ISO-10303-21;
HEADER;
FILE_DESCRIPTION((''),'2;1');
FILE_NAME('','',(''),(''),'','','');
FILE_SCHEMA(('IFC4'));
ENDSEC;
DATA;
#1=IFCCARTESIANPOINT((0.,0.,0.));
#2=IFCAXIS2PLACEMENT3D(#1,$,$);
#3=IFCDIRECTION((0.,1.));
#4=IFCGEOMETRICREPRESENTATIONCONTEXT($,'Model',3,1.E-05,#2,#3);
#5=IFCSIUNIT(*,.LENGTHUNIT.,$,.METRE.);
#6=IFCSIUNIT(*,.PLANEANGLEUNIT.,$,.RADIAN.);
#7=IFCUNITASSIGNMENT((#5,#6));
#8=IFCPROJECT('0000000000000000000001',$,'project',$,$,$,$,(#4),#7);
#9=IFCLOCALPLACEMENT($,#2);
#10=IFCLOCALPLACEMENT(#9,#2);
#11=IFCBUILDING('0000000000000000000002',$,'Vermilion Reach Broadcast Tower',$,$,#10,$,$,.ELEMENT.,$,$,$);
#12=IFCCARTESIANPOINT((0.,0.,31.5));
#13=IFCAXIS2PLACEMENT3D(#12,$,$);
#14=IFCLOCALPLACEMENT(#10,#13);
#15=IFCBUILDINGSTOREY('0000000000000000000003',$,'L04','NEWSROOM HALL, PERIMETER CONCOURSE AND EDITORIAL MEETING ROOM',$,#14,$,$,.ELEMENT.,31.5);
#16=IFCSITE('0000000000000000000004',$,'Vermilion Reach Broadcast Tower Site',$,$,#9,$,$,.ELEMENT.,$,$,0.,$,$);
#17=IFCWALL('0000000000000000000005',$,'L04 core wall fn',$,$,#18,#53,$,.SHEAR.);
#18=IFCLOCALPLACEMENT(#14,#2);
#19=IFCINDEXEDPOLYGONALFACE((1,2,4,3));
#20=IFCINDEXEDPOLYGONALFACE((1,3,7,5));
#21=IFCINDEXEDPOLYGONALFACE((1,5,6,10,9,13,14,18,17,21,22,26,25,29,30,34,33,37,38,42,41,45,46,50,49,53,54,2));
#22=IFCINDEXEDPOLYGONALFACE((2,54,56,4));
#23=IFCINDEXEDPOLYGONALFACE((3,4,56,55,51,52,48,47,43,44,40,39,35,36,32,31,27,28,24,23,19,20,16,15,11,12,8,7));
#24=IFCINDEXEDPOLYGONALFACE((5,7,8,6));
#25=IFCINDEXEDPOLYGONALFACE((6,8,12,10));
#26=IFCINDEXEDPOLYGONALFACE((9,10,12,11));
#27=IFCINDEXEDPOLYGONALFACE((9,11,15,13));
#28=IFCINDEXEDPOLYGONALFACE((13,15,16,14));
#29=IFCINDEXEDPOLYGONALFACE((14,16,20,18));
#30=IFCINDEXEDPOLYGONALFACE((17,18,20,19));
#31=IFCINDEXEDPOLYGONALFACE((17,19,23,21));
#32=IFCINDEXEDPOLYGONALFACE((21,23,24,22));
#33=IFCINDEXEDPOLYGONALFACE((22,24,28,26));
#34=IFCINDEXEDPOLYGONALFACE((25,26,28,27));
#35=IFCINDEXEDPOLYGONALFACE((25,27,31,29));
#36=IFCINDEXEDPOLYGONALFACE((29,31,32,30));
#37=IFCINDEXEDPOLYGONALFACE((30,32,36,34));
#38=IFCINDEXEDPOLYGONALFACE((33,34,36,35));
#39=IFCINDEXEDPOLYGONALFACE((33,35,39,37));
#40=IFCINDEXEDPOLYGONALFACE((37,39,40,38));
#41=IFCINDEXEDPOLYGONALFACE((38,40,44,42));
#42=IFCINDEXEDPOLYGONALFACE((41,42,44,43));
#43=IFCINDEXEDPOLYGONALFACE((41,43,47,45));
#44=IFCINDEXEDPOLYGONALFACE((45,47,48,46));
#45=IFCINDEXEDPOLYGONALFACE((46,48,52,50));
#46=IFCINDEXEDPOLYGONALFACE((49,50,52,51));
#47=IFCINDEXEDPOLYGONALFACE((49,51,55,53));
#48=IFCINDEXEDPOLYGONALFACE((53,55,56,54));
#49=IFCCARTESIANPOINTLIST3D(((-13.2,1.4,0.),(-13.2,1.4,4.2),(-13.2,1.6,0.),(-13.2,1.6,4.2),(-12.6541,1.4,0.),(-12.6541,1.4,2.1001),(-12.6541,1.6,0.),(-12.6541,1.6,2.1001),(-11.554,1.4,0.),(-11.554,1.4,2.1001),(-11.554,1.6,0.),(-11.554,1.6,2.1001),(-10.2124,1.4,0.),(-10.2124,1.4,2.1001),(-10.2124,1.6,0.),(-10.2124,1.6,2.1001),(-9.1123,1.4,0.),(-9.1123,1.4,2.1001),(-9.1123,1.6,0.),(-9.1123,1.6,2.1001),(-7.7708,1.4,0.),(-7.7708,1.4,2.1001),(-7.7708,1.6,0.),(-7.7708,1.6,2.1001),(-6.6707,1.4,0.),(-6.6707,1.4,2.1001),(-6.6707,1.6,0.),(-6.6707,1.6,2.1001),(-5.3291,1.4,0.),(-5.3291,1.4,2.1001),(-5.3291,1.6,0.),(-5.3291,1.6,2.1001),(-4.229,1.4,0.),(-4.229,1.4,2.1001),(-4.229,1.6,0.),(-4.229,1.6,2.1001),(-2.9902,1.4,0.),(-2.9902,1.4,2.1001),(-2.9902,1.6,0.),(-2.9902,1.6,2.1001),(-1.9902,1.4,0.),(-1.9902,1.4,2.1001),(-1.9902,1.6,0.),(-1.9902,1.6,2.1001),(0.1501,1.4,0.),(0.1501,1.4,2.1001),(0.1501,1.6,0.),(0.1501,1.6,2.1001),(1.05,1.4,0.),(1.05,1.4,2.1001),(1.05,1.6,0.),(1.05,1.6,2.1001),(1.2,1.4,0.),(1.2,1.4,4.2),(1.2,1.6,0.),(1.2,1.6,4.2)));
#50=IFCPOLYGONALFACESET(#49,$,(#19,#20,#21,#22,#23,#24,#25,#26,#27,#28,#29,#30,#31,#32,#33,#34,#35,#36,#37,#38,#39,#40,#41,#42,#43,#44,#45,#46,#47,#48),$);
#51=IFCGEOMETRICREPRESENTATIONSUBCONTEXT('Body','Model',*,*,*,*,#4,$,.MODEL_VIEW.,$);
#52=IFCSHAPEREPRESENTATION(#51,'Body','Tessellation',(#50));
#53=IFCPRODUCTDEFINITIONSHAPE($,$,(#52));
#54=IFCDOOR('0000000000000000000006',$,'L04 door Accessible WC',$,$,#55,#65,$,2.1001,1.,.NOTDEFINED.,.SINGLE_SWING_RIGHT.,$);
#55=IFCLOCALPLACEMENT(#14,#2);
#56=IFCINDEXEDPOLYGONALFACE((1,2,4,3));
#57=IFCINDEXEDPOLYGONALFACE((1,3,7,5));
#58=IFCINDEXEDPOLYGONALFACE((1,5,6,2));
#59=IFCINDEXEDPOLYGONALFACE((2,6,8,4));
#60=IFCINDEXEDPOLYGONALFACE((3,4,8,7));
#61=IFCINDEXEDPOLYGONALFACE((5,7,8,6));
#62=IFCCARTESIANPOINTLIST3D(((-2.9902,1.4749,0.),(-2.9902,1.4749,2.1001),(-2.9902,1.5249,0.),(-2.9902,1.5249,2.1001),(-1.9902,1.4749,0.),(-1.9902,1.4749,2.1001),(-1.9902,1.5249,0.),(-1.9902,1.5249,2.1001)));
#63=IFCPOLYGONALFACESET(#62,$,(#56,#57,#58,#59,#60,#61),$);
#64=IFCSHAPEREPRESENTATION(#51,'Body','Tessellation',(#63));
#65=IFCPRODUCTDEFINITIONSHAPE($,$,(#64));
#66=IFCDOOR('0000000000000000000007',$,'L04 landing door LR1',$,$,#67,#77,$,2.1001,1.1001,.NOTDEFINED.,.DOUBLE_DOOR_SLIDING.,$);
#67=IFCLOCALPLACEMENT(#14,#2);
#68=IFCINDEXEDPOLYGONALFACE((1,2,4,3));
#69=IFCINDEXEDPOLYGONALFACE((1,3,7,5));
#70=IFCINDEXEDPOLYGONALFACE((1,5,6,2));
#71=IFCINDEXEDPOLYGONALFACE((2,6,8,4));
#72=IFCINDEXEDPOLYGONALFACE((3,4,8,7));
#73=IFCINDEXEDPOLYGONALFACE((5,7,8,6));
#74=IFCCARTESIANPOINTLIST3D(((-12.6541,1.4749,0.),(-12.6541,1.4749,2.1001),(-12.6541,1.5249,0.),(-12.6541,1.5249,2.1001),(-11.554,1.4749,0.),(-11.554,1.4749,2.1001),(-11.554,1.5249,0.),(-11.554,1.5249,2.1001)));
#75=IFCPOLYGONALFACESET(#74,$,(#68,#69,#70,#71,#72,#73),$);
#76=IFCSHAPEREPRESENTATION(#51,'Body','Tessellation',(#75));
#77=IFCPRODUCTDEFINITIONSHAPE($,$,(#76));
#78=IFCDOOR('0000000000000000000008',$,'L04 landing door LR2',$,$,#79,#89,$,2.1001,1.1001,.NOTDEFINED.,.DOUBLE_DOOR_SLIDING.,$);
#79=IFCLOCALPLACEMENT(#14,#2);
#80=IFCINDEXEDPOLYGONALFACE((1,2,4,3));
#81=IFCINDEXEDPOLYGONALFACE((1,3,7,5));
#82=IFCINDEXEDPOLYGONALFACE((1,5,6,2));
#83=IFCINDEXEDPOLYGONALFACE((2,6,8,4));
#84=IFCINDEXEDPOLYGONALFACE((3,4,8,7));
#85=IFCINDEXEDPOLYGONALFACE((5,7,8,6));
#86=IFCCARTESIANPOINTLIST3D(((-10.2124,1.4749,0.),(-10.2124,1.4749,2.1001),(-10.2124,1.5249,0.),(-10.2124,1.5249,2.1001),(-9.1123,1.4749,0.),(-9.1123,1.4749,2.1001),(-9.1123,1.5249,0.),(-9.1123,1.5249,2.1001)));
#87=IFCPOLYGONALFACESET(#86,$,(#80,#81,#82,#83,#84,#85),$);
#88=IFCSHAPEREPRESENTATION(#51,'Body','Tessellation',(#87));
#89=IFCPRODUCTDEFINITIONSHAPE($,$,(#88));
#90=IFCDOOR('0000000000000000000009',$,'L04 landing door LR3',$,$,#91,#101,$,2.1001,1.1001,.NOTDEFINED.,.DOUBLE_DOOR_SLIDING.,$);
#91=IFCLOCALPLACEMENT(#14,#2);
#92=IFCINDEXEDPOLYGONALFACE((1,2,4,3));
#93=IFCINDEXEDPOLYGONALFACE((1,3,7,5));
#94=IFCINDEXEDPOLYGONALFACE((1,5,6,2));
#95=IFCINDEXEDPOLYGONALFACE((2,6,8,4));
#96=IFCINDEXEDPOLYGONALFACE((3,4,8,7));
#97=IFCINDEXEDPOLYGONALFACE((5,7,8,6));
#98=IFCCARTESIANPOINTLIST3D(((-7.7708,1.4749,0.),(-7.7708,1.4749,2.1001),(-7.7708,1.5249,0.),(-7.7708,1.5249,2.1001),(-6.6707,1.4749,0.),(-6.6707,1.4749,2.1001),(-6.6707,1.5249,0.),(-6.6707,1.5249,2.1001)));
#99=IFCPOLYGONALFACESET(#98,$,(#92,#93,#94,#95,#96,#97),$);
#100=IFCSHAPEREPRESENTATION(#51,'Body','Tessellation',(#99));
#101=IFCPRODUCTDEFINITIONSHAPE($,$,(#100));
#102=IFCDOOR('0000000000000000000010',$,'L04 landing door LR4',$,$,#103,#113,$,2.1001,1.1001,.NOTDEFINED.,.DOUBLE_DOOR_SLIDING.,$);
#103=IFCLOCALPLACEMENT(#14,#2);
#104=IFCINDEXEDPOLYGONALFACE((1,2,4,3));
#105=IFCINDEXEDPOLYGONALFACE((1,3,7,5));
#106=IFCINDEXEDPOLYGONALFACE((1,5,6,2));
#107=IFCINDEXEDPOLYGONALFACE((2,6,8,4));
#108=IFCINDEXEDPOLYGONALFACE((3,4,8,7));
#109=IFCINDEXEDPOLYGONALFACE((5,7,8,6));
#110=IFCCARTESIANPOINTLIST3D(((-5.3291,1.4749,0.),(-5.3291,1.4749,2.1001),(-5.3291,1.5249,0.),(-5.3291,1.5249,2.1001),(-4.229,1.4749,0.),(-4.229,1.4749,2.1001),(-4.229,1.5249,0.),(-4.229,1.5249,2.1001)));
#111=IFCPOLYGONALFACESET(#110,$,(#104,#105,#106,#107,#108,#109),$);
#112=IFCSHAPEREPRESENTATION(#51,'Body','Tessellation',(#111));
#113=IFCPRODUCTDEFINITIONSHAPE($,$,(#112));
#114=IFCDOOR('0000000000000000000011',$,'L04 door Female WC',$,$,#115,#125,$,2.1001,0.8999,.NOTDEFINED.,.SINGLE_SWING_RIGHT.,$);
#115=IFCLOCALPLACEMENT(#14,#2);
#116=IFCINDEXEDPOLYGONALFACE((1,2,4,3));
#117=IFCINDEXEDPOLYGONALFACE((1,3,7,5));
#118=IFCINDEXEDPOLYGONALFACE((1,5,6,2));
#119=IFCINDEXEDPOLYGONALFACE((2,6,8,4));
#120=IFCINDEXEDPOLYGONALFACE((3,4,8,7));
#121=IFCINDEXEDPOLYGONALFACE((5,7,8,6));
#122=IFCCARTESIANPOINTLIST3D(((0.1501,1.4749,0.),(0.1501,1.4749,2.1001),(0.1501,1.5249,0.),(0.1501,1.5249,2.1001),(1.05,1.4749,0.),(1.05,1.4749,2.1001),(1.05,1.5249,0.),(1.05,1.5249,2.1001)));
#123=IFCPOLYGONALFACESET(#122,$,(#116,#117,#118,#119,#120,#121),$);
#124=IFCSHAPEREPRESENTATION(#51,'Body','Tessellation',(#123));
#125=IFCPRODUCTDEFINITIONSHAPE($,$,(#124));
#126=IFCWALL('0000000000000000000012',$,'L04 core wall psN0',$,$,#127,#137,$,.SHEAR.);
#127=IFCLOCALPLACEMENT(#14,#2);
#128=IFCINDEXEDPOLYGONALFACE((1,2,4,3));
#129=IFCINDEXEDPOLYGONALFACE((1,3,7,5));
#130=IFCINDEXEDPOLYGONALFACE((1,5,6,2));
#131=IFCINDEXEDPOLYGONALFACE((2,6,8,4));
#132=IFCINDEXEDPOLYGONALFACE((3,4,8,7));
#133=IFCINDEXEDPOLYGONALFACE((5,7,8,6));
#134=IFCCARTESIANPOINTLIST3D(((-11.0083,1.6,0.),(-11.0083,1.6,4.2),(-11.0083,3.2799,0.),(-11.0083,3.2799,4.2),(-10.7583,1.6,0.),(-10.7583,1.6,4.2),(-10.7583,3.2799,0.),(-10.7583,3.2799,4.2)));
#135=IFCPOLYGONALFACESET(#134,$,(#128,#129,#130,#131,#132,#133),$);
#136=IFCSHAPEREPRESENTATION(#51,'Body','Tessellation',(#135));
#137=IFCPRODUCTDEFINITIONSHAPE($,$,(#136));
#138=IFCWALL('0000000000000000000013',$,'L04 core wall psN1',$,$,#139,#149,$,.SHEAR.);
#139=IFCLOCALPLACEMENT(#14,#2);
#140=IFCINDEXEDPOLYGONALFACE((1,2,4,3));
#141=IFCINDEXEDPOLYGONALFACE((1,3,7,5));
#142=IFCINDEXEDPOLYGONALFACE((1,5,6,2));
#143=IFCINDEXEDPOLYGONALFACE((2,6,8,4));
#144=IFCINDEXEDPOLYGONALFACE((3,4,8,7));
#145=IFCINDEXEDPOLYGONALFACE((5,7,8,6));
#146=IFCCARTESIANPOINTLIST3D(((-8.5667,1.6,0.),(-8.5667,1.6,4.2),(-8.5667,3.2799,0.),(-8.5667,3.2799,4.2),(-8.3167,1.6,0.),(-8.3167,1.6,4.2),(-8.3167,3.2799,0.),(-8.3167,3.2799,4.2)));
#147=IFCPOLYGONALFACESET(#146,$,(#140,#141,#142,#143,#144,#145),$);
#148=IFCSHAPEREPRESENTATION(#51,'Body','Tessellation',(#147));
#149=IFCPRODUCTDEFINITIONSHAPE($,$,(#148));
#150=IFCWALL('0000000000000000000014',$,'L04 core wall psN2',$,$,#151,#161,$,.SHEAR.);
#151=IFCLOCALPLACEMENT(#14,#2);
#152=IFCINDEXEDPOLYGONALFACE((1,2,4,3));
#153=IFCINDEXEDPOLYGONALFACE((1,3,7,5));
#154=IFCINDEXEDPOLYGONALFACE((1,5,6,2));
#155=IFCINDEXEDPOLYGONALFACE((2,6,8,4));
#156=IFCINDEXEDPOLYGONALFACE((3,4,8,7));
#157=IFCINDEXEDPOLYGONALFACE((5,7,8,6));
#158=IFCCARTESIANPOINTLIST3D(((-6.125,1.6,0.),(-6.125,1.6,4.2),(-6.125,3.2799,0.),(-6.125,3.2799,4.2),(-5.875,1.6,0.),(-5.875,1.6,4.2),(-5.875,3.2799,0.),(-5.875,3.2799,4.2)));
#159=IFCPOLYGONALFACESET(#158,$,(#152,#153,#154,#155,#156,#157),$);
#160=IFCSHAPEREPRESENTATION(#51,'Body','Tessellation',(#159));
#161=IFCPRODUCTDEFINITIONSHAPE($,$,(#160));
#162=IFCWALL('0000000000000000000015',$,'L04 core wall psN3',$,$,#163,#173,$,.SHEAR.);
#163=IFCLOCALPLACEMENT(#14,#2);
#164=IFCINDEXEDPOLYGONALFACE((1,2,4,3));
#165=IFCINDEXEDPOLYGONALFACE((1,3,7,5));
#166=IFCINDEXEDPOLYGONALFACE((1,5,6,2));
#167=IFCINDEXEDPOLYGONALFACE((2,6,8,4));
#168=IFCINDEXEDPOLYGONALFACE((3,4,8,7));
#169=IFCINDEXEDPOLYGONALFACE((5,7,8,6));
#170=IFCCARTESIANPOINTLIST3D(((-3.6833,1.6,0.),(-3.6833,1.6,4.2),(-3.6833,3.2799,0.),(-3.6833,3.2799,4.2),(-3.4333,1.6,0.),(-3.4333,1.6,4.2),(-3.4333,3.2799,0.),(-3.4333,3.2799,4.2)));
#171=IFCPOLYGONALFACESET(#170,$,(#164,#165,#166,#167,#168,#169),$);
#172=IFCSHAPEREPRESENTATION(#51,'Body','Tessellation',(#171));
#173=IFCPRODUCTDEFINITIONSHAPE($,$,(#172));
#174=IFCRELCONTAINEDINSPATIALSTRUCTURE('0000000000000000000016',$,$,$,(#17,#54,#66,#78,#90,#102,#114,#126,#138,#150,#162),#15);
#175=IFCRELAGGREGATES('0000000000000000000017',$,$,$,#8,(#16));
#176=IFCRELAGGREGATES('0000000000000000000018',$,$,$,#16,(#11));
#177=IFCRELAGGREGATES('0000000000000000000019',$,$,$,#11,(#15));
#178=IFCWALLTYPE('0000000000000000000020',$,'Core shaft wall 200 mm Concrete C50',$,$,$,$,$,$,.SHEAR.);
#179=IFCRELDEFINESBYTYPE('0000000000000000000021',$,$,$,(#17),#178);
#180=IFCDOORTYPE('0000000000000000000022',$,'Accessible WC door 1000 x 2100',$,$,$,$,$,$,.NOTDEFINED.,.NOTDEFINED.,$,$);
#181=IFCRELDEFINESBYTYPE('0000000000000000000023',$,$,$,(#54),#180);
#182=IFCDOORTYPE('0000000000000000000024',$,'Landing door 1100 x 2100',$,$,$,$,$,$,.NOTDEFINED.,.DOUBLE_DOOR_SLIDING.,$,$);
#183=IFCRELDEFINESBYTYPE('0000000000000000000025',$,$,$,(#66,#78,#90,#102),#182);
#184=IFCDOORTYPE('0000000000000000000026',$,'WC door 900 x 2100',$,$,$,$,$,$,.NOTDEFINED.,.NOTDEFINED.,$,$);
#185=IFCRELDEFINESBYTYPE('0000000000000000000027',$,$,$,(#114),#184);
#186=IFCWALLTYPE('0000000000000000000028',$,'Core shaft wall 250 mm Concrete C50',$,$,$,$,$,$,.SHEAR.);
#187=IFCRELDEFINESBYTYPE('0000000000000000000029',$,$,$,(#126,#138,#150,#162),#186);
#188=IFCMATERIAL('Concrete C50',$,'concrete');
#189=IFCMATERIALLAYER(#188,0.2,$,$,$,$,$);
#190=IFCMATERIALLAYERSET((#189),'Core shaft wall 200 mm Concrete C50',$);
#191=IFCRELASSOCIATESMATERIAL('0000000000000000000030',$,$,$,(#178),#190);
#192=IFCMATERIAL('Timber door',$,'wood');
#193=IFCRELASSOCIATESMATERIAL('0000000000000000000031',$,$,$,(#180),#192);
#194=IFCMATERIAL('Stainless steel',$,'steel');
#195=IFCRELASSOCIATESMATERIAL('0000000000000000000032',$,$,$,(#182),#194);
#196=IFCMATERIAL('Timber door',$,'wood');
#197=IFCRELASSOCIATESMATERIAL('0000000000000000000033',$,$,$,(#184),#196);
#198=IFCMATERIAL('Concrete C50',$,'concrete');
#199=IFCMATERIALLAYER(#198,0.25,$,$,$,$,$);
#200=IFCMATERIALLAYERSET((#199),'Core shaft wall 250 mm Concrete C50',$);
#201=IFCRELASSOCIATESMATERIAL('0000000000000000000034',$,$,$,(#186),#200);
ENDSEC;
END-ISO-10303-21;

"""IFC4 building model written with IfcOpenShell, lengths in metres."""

from ifc_helpers import new_model, si_unit, direction, frame, frame_2d, origin, place, context, subcontext, project, spatial, rectangle, extrude, material, layer, layer_set, type_object, element, fill, save


model = new_model("IFC4")

# Units and contexts
model_context = context("Model", 3, precision=1e-05, world=origin(), true_north=direction((0.0, 1.0)))
body_context = subcontext(model_context, "Body", "Model", "MODEL_VIEW")
ifc_project = project(units=[si_unit("LENGTHUNIT", "METRE"), si_unit("PLANEANGLEUNIT", "RADIAN")], contexts=[model_context])

# Site, building, storey
site_placement = place(None, origin())
site = spatial("IfcSite", under=ifc_project, at=site_placement, Name="Vermilion Reach Broadcast Tower Site", CompositionType="ELEMENT", RefElevation=0.0)
building_placement = place(site_placement, origin())
building = spatial("IfcBuilding", under=site, at=building_placement, Name="Vermilion Reach Broadcast Tower", CompositionType="ELEMENT")
storey_placement = place(building_placement, frame((0.0, 0.0, 31.5)))
storey = spatial("IfcBuildingStorey", under=building, at=storey_placement, Name="L04", Description="NEWSROOM HALL, PERIMETER CONCOURSE AND EDITORIAL MEETING ROOM", CompositionType="ELEMENT", Elevation=31.5)

# Wall, openings, doors
ifc_material_1 = material(Name="Concrete C50", Category="concrete")
ifc_layer_1 = layer(ifc_material_1, 0.2)
ifc_layer_set_1 = layer_set([ifc_layer_1], Name="Core shaft wall 200 mm Concrete C50")
wall_type_1 = type_object("IfcWallType", Name="Core shaft wall 200 mm Concrete C50", PredefinedType="SHEAR", material=ifc_layer_set_1)
wall_1_placement = place(storey_placement, frame((-13.2, 1.5, 0.0), z_axis=(0.0, 0.0, 1.0), x_axis=(1.0, 0.0, 0.0)))
wall_1 = element("IfcWall", 1, at=wall_1_placement, inside=storey, type_object=wall_type_1, Name="L04 core wall fn", PredefinedType="SHEAR", context=body_context, shape_type="SweptSolid", body=[
    extrude(rectangle(XDim=14.3999, YDim=0.2, at=frame_2d((7.2, 0.0))), origin(), (0.0, 0.0, 1.0), 4.2),
])
opening_1_placement = place(wall_1_placement, frame((0.5459, 0.0, 0.0)))
opening_1 = element("IfcOpeningElement", 2, at=opening_1_placement, cuts=wall_1, PredefinedType="OPENING", context=body_context, shape_type="SweptSolid", body=[
    extrude(rectangle(XDim=1.1001, YDim=2.1001, at=frame_2d((0.55, 1.05))), frame((0.0, 0.1099, 0.0), z_axis=(0.0, -1.0, 0.0), x_axis=(1.0, 0.0, 0.0)), (0.0, 0.0, 1.0), 0.22),
])
opening_2_placement = place(wall_1_placement, frame((2.9875, 0.0, 0.0)))
opening_2 = element("IfcOpeningElement", 3, at=opening_2_placement, cuts=wall_1, PredefinedType="OPENING", context=body_context, shape_type="SweptSolid", body=[
    extrude(rectangle(XDim=1.1001, YDim=2.1001, at=frame_2d((0.55, 1.05))), frame((0.0, 0.1099, 0.0), z_axis=(0.0, -1.0, 0.0), x_axis=(1.0, 0.0, 0.0)), (0.0, 0.0, 1.0), 0.22),
])
opening_3_placement = place(wall_1_placement, frame((5.4292, 0.0, 0.0)))
opening_3 = element("IfcOpeningElement", 4, at=opening_3_placement, cuts=wall_1, PredefinedType="OPENING", context=body_context, shape_type="SweptSolid", body=[
    extrude(rectangle(XDim=1.1001, YDim=2.1001, at=frame_2d((0.55, 1.05))), frame((0.0, 0.1099, 0.0), z_axis=(0.0, -1.0, 0.0), x_axis=(1.0, 0.0, 0.0)), (0.0, 0.0, 1.0), 0.22),
])
opening_4_placement = place(wall_1_placement, frame((7.8708, 0.0, 0.0)))
opening_4 = element("IfcOpeningElement", 5, at=opening_4_placement, cuts=wall_1, PredefinedType="OPENING", context=body_context, shape_type="SweptSolid", body=[
    extrude(rectangle(XDim=1.1001, YDim=2.1001, at=frame_2d((0.55, 1.05))), frame((0.0, 0.1099, 0.0), z_axis=(0.0, -1.0, 0.0), x_axis=(1.0, 0.0, 0.0)), (0.0, 0.0, 1.0), 0.22),
])
opening_5_placement = place(wall_1_placement, frame((10.2097, 0.0, 0.0)))
opening_5 = element("IfcOpeningElement", 6, at=opening_5_placement, cuts=wall_1, PredefinedType="OPENING", context=body_context, shape_type="SweptSolid", body=[
    extrude(rectangle(XDim=1.0, YDim=2.1001, at=frame_2d((0.5, 1.05))), frame((0.0, 0.1099, 0.0), z_axis=(0.0, -1.0, 0.0), x_axis=(1.0, 0.0, 0.0)), (0.0, 0.0, 1.0), 0.22),
])
opening_6_placement = place(wall_1_placement, frame((13.3501, 0.0, 0.0)))
opening_6 = element("IfcOpeningElement", 7, at=opening_6_placement, cuts=wall_1, PredefinedType="OPENING", context=body_context, shape_type="SweptSolid", body=[
    extrude(rectangle(XDim=0.8999, YDim=2.1001, at=frame_2d((0.45, 1.05))), frame((0.0, 0.1099, 0.0), z_axis=(0.0, -1.0, 0.0), x_axis=(1.0, 0.0, 0.0)), (0.0, 0.0, 1.0), 0.22),
])
ifc_material_2 = material(Name="Timber door", Category="wood")
door_type_1 = type_object("IfcDoorType", Name="Accessible WC door 1000 x 2100", OperationType="NOTDEFINED", PredefinedType="NOTDEFINED", material=ifc_material_2)
door_1_placement = place(opening_5_placement, origin())
door_1 = element("IfcDoor", 8, at=door_1_placement, inside=storey, type_object=door_type_1, Name="L04 door Accessible WC", OperationType="SINGLE_SWING_RIGHT", OverallHeight=2.1001, OverallWidth=1.0, PredefinedType="NOTDEFINED", context=body_context, shape_type="SweptSolid", body=[
    extrude(rectangle(XDim=1.0, YDim=2.1001, at=frame_2d((0.5, 1.05))), frame((0.0, 0.0249, 0.0), z_axis=(0.0, -1.0, 0.0), x_axis=(1.0, 0.0, 0.0)), (0.0, 0.0, 1.0), 0.05),
])
fill(opening_5, door_1)
ifc_material_3 = material(Name="Stainless steel", Category="steel")
door_type_2 = type_object("IfcDoorType", Name="Landing door 1100 x 2100", OperationType="DOUBLE_DOOR_SLIDING", PredefinedType="NOTDEFINED", material=ifc_material_3)
door_2_placement = place(opening_1_placement, origin())
door_2 = element("IfcDoor", 9, at=door_2_placement, inside=storey, type_object=door_type_2, Name="L04 landing door LR1", OperationType="DOUBLE_DOOR_SLIDING", OverallHeight=2.1001, OverallWidth=1.1001, PredefinedType="NOTDEFINED", context=body_context, shape_type="SweptSolid", body=[
    extrude(rectangle(XDim=1.1001, YDim=2.1001, at=frame_2d((0.55, 1.05))), frame((0.0, 0.0249, 0.0), z_axis=(0.0, -1.0, 0.0), x_axis=(1.0, 0.0, 0.0)), (0.0, 0.0, 1.0), 0.05),
])
fill(opening_1, door_2)
door_3_placement = place(opening_2_placement, origin())
door_3 = element("IfcDoor", 10, at=door_3_placement, inside=storey, type_object=door_type_2, Name="L04 landing door LR2", OperationType="DOUBLE_DOOR_SLIDING", OverallHeight=2.1001, OverallWidth=1.1001, PredefinedType="NOTDEFINED", context=body_context, shape_type="SweptSolid", body=[
    extrude(rectangle(XDim=1.1001, YDim=2.1001, at=frame_2d((0.55, 1.05))), frame((0.0, 0.0249, 0.0), z_axis=(0.0, -1.0, 0.0), x_axis=(1.0, 0.0, 0.0)), (0.0, 0.0, 1.0), 0.05),
])
fill(opening_2, door_3)
door_4_placement = place(opening_3_placement, origin())
door_4 = element("IfcDoor", 11, at=door_4_placement, inside=storey, type_object=door_type_2, Name="L04 landing door LR3", OperationType="DOUBLE_DOOR_SLIDING", OverallHeight=2.1001, OverallWidth=1.1001, PredefinedType="NOTDEFINED", context=body_context, shape_type="SweptSolid", body=[
    extrude(rectangle(XDim=1.1001, YDim=2.1001, at=frame_2d((0.55, 1.05))), frame((0.0, 0.0249, 0.0), z_axis=(0.0, -1.0, 0.0), x_axis=(1.0, 0.0, 0.0)), (0.0, 0.0, 1.0), 0.05),
])
fill(opening_3, door_4)
door_5_placement = place(opening_4_placement, origin())
door_5 = element("IfcDoor", 12, at=door_5_placement, inside=storey, type_object=door_type_2, Name="L04 landing door LR4", OperationType="DOUBLE_DOOR_SLIDING", OverallHeight=2.1001, OverallWidth=1.1001, PredefinedType="NOTDEFINED", context=body_context, shape_type="SweptSolid", body=[
    extrude(rectangle(XDim=1.1001, YDim=2.1001, at=frame_2d((0.55, 1.05))), frame((0.0, 0.0249, 0.0), z_axis=(0.0, -1.0, 0.0), x_axis=(1.0, 0.0, 0.0)), (0.0, 0.0, 1.0), 0.05),
])
fill(opening_4, door_5)
ifc_material_4 = material(Name="Timber door", Category="wood")
door_type_3 = type_object("IfcDoorType", Name="WC door 900 x 2100", OperationType="NOTDEFINED", PredefinedType="NOTDEFINED", material=ifc_material_4)
door_6_placement = place(opening_6_placement, origin())
door_6 = element("IfcDoor", 13, at=door_6_placement, inside=storey, type_object=door_type_3, Name="L04 door Female WC", OperationType="SINGLE_SWING_RIGHT", OverallHeight=2.1001, OverallWidth=0.8999, PredefinedType="NOTDEFINED", context=body_context, shape_type="SweptSolid", body=[
    extrude(rectangle(XDim=0.8999, YDim=2.1001, at=frame_2d((0.45, 1.05))), frame((0.0, 0.0249, 0.0), z_axis=(0.0, -1.0, 0.0), x_axis=(1.0, 0.0, 0.0)), (0.0, 0.0, 1.0), 0.05),
])
fill(opening_6, door_6)

# Walls
ifc_material_5 = material(Name="Concrete C50", Category="concrete")
ifc_layer_2 = layer(ifc_material_5, 0.25)
ifc_layer_set_2 = layer_set([ifc_layer_2], Name="Core shaft wall 250 mm Concrete C50")
wall_type_2 = type_object("IfcWallType", Name="Core shaft wall 250 mm Concrete C50", PredefinedType="SHEAR", material=ifc_layer_set_2)
for number, where, z_axis, x_axis, name in (
    (14, (-10.8833, 1.6001, 0.0), (0.0, 0.0, 1.0), (0.0, 1.0, 0.0), "L04 core wall psN0"),
    (15, (-8.4417, 1.6001, 0.0), (0.0, 0.0, 1.0), (0.0, 1.0, 0.0), "L04 core wall psN1"),
    (16, (-6.0, 1.6001, 0.0), (0.0, 0.0, 1.0), (0.0, 1.0, 0.0), "L04 core wall psN2"),
    (17, (-3.5583, 1.6001, 0.0), (0.0, 0.0, 1.0), (0.0, 1.0, 0.0), "L04 core wall psN3"),
):
    element("IfcWall", number, at=place(storey_placement, frame(where, z_axis=z_axis, x_axis=x_axis)), inside=storey, type_object=wall_type_2, Name=name, PredefinedType="SHEAR", context=body_context, shape_type="SweptSolid", body=[
        extrude(rectangle(XDim=1.6799, YDim=0.25, at=frame_2d((0.8398, 0.0))), origin(), (0.0, 0.0, 1.0), 4.2),
    ])

save(model, "model.ifc")
